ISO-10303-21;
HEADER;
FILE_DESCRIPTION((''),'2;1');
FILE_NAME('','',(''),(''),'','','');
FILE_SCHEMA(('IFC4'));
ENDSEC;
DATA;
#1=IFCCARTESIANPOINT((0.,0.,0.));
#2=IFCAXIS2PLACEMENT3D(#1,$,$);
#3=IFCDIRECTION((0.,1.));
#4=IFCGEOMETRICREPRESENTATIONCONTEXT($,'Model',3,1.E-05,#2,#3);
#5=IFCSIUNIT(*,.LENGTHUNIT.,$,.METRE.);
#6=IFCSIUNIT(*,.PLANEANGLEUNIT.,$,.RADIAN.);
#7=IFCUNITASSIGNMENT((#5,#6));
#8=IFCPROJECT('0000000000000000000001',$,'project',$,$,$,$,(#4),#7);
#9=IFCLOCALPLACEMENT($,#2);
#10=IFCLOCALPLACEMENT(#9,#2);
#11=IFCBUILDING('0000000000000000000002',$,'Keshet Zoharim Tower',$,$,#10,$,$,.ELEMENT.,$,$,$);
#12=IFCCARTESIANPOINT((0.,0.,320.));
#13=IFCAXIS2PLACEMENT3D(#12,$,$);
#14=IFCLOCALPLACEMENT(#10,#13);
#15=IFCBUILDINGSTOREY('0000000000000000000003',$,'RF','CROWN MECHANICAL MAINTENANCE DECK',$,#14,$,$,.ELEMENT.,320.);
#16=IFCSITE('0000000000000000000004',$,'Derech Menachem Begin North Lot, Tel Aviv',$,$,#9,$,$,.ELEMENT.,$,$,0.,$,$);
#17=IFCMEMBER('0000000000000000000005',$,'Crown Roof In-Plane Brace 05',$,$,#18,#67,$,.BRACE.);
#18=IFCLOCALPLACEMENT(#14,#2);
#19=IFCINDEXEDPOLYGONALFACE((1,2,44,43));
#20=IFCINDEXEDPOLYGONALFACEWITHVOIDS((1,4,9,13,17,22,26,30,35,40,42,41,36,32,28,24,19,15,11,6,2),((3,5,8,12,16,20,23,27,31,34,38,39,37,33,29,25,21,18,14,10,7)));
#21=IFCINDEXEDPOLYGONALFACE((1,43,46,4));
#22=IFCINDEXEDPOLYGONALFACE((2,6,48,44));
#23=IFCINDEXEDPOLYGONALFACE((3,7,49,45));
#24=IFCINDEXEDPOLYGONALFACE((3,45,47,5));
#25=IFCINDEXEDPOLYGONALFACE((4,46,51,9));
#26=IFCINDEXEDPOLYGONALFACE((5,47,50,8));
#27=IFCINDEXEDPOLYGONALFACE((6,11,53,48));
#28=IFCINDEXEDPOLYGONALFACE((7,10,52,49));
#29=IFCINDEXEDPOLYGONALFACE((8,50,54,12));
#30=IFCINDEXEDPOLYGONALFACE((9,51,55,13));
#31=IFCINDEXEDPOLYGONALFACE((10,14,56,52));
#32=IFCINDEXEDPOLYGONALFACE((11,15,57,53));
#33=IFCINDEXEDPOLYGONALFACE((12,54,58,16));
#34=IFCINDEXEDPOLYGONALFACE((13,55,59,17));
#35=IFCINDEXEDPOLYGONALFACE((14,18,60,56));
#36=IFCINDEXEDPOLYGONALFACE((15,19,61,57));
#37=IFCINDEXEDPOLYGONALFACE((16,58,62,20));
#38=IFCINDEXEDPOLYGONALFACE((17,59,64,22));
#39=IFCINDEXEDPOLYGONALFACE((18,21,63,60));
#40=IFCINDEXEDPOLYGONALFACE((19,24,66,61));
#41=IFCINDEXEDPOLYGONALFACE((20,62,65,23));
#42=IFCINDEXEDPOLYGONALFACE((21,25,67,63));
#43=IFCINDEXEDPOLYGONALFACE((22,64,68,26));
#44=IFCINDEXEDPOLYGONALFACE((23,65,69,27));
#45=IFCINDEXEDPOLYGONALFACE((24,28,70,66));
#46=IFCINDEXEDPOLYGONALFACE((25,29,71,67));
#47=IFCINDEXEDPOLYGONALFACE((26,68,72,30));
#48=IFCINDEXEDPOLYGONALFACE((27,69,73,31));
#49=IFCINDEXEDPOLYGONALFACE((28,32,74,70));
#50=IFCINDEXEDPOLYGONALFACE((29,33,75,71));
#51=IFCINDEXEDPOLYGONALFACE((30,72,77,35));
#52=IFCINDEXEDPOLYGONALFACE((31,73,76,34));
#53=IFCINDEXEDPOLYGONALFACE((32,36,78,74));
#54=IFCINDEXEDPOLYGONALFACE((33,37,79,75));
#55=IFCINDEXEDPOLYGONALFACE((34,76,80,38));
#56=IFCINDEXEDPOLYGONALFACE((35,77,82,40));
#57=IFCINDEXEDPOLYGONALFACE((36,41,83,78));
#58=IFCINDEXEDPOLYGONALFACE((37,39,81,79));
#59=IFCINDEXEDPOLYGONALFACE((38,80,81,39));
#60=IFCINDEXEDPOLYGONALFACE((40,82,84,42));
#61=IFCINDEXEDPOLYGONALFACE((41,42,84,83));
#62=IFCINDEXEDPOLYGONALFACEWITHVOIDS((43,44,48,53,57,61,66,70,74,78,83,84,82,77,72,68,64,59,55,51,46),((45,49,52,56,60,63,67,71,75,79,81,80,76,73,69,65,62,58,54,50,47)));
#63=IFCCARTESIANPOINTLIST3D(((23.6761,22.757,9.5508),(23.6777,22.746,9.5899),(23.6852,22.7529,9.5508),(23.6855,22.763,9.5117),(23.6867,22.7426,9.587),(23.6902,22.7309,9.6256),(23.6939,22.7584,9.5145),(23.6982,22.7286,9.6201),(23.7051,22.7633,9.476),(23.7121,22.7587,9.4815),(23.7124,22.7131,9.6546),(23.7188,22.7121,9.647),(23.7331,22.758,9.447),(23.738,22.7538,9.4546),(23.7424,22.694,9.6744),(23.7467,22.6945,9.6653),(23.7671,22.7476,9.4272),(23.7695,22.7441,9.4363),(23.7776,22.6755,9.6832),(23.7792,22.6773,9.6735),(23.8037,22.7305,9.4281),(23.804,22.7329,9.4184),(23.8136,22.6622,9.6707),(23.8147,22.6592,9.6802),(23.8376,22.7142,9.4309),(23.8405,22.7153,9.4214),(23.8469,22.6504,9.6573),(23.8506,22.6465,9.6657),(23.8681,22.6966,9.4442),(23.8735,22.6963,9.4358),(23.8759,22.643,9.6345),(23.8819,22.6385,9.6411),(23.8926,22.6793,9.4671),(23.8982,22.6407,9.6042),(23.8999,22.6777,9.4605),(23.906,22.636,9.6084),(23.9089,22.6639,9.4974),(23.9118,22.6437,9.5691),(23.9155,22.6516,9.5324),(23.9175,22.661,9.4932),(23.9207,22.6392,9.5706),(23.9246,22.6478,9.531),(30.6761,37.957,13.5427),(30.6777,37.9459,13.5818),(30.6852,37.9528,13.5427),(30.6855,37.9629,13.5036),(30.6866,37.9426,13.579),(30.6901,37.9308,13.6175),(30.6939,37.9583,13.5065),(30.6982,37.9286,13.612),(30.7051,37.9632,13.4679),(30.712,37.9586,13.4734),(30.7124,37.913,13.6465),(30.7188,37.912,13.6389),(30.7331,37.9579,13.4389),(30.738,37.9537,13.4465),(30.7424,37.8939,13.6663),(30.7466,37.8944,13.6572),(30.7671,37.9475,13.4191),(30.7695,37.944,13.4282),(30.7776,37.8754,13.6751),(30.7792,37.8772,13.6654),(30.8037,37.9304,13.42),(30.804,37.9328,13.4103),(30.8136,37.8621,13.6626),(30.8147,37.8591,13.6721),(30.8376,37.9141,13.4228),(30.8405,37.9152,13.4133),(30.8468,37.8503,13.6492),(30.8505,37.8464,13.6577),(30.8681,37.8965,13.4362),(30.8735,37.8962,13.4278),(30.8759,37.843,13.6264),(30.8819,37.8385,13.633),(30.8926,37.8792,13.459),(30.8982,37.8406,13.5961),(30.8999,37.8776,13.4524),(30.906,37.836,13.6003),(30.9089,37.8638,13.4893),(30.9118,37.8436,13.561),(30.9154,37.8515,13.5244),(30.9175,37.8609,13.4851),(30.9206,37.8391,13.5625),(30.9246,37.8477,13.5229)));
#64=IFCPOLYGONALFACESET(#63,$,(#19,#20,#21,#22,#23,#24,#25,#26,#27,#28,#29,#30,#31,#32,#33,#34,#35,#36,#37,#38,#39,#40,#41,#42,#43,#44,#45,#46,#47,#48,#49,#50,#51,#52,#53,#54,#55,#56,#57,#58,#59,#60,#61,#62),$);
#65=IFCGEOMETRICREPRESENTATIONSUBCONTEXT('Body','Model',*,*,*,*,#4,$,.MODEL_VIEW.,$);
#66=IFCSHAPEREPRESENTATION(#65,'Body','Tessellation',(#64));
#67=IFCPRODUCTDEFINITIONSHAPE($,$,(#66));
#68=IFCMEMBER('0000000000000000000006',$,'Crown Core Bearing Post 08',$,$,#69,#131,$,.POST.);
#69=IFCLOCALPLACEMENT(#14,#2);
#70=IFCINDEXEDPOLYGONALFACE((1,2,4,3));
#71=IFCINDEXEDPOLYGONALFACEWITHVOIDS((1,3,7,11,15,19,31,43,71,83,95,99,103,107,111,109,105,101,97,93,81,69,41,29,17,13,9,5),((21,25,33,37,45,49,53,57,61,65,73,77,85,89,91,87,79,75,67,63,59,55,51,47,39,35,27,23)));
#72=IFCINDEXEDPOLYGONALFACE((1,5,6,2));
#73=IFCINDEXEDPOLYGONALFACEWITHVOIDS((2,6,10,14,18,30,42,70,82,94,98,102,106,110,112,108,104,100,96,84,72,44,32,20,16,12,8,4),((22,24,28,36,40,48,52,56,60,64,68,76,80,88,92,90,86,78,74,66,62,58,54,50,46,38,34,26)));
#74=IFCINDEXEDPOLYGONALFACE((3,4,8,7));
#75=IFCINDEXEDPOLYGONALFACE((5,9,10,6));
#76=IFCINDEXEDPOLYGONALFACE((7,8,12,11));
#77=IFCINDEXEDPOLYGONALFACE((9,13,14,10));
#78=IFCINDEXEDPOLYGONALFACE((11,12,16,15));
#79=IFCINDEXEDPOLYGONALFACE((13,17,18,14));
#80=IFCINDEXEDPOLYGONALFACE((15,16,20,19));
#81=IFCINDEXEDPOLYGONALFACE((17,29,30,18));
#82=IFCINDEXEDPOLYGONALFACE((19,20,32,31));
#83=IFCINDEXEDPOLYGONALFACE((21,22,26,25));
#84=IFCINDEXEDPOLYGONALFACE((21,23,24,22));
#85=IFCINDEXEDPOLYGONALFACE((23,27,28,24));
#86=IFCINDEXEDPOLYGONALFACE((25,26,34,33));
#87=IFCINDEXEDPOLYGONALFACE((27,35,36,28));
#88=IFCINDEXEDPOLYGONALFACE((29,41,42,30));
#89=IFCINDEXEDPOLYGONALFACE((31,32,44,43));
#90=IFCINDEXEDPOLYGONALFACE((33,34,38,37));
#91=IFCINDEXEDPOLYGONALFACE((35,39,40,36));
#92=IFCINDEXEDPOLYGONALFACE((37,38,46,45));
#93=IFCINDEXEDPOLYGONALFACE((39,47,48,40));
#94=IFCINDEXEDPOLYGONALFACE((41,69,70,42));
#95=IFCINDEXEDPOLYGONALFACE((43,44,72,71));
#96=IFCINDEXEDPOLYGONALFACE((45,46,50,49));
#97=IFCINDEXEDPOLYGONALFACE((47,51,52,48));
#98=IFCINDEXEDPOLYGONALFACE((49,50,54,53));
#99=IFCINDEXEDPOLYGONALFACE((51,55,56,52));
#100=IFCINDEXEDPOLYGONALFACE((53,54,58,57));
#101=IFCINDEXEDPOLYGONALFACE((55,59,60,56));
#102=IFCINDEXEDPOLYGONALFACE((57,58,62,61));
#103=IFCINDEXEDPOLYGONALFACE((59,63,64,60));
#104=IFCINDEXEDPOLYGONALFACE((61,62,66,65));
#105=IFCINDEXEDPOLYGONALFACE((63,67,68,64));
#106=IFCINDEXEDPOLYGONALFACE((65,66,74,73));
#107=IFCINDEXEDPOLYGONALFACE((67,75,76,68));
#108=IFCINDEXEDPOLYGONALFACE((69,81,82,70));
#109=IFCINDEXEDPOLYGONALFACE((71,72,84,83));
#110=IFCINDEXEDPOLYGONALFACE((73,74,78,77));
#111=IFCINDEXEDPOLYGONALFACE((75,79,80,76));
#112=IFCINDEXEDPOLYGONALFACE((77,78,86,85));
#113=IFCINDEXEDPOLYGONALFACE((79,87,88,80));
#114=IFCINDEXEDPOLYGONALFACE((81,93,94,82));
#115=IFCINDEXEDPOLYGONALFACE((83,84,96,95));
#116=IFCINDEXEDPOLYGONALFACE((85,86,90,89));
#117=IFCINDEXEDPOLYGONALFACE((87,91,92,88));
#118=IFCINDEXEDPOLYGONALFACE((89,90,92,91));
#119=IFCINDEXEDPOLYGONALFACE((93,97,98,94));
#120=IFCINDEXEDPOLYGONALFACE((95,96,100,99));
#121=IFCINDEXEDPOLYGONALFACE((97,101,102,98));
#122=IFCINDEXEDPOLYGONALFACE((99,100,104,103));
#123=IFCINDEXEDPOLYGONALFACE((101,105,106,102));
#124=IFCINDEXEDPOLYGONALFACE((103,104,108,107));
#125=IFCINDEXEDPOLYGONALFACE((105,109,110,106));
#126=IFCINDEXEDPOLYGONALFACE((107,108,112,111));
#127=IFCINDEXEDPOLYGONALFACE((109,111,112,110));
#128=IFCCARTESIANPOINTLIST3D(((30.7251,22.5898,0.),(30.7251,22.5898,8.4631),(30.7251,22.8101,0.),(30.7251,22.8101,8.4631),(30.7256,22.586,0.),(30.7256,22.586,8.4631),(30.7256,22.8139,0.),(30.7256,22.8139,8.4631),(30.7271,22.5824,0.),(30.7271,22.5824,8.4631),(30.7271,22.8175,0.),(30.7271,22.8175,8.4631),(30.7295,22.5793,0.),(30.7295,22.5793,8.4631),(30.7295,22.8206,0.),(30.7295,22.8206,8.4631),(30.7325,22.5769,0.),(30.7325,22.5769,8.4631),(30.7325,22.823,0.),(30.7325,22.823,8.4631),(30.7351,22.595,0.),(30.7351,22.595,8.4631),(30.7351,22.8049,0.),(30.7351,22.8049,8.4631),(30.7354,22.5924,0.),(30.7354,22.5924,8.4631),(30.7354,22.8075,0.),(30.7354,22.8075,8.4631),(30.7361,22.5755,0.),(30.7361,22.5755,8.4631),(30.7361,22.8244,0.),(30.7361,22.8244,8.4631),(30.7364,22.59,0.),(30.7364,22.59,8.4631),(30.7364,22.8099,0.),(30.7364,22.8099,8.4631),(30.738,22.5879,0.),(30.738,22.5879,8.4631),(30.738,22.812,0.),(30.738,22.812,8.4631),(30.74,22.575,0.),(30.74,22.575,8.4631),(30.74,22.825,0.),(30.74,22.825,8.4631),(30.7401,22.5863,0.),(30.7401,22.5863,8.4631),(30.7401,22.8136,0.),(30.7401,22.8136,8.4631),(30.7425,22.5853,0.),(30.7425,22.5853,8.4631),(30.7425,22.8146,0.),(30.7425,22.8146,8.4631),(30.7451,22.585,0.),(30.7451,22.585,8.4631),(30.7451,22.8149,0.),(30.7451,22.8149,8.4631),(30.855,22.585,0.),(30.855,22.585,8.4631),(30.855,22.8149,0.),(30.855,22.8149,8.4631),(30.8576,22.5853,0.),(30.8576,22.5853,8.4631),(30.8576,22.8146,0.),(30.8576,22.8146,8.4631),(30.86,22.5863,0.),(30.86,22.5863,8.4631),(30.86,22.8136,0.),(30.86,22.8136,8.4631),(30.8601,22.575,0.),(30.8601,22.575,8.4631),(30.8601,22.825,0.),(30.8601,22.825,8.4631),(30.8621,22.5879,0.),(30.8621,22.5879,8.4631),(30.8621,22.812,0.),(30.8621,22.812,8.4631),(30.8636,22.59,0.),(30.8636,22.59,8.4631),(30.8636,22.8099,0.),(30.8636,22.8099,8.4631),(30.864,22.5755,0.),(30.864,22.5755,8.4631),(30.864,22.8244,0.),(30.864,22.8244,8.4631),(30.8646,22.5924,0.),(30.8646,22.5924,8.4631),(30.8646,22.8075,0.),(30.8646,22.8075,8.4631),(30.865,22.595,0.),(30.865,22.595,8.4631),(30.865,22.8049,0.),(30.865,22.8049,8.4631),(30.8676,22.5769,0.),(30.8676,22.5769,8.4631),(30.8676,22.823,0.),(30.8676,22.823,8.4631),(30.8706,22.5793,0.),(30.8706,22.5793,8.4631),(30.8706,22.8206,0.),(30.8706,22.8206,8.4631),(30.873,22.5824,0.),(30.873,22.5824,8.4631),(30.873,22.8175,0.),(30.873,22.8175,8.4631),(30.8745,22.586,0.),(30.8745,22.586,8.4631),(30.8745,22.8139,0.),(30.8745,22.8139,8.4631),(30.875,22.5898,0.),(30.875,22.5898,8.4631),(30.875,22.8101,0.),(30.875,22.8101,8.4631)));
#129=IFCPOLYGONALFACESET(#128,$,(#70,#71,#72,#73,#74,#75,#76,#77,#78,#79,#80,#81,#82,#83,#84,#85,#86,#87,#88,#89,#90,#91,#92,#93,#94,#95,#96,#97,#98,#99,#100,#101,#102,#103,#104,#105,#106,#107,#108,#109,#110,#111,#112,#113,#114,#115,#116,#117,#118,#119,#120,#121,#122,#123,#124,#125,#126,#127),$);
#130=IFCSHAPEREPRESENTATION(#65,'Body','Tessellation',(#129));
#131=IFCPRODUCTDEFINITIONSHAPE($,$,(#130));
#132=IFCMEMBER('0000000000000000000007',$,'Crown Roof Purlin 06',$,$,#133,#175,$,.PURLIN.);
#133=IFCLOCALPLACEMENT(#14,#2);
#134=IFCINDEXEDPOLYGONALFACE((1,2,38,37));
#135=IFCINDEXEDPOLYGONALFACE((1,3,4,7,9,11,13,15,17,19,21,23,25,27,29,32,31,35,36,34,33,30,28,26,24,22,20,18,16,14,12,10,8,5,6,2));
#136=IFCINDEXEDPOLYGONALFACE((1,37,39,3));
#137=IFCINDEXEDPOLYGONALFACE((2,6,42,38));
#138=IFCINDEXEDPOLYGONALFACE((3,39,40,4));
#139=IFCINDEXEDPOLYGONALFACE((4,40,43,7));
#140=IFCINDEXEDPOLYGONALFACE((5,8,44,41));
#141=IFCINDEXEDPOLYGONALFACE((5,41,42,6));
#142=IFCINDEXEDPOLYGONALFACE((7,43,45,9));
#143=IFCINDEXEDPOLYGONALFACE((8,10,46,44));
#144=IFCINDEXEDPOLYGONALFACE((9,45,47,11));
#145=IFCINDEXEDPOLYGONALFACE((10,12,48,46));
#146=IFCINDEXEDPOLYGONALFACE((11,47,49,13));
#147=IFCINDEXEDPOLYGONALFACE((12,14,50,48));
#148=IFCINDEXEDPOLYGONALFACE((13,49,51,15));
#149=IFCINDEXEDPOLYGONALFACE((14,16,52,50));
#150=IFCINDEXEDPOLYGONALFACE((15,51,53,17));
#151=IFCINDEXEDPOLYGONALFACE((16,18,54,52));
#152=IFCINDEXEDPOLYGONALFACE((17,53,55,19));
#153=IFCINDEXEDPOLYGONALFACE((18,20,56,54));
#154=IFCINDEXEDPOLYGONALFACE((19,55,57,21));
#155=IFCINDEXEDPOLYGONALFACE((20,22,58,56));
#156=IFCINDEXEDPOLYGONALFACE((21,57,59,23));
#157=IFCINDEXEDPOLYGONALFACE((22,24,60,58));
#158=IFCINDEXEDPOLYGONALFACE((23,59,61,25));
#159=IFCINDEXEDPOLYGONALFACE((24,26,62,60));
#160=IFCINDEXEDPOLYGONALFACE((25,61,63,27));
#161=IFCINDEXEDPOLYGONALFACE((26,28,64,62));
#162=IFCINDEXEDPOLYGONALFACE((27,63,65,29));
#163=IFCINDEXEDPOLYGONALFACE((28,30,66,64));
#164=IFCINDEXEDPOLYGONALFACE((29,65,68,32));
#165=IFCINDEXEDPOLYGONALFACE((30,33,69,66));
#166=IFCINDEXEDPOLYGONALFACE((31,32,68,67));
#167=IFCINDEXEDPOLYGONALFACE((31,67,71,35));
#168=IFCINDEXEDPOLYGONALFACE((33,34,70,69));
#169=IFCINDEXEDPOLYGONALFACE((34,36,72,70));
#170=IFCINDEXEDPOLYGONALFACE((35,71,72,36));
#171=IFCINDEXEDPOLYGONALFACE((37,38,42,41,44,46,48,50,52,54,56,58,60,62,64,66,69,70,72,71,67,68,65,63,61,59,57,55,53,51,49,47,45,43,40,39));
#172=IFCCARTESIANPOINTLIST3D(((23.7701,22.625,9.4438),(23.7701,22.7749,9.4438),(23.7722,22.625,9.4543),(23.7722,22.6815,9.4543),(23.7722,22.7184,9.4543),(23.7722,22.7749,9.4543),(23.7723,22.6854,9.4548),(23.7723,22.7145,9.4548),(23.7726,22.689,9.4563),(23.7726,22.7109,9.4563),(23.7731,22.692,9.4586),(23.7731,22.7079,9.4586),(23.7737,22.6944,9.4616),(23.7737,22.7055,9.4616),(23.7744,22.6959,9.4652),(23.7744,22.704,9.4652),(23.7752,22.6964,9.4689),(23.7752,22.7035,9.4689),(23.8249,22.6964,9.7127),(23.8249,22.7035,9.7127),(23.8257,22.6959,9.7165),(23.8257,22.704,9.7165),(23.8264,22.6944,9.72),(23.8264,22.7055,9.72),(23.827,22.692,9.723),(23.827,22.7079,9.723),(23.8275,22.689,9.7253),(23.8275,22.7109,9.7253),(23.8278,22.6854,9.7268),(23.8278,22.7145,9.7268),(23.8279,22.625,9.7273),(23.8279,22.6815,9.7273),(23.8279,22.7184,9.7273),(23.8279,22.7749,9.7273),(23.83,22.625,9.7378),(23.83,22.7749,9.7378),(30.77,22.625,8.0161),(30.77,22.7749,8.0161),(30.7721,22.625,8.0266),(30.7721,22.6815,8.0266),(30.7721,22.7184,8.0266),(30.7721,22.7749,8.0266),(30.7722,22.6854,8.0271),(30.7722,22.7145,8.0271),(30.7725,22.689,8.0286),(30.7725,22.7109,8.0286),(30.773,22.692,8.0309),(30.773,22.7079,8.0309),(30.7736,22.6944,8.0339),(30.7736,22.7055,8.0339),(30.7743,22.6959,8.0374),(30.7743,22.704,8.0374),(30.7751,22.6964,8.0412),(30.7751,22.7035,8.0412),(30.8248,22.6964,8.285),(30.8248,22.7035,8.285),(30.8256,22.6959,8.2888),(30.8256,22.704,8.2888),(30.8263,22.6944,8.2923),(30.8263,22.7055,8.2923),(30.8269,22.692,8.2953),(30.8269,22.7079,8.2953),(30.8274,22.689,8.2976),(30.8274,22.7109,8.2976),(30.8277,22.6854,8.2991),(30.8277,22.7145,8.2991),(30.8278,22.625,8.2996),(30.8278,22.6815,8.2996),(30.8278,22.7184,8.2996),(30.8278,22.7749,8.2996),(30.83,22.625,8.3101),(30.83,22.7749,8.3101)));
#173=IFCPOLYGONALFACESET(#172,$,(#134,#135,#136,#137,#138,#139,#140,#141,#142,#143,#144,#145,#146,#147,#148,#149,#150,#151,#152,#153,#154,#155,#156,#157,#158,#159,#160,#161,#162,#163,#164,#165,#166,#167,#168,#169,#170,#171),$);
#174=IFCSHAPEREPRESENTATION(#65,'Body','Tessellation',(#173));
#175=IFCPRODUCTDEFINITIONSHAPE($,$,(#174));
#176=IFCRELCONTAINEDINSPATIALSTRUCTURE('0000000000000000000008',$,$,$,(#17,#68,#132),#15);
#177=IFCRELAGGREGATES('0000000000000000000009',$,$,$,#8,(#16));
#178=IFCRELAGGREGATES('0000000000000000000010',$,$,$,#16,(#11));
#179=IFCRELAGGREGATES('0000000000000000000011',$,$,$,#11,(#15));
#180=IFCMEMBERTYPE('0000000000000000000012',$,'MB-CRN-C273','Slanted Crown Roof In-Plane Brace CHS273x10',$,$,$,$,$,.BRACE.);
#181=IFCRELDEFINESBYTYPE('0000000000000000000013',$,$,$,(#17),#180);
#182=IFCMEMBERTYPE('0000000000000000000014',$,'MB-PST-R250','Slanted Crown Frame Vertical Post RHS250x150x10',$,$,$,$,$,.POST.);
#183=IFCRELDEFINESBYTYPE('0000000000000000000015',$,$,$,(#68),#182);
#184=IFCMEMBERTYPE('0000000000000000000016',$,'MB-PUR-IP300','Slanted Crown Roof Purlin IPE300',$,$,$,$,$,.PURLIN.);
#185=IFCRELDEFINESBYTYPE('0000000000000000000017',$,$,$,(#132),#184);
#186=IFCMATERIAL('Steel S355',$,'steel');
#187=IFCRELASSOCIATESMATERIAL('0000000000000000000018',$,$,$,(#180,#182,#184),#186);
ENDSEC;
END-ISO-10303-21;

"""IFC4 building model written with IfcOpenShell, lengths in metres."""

from ifc_helpers import new_model, si_unit, direction, frame, origin, origin_2d, place, context, subcontext, project, spatial, hollow_rectangle, hollow_circle, i_section, extrude, material, material_profile, profile_set, type_object, element, save


model = new_model("IFC4")

# Units and contexts
model_context = context("Model", 3, precision=1e-05, world=origin(), true_north=direction((0.0, 1.0)))
body_context = subcontext(model_context, "Body", "Model", "MODEL_VIEW")
ifc_project = project(units=[si_unit("LENGTHUNIT", "METRE"), si_unit("PLANEANGLEUNIT", "RADIAN")], contexts=[model_context])

# Site, building, storey
site_placement = place(None, origin())
site = spatial("IfcSite", under=ifc_project, at=site_placement, Name="Derech Menachem Begin North Lot, Tel Aviv", CompositionType="ELEMENT", RefElevation=0.0)
building_placement = place(site_placement, origin())
building = spatial("IfcBuilding", under=site, at=building_placement, Name="Keshet Zoharim Tower", CompositionType="ELEMENT")
storey_placement = place(building_placement, frame((0.0, 0.0, 320.0)))
storey = spatial("IfcBuildingStorey", under=building, at=storey_placement, Name="RF", Description="CROWN MECHANICAL MAINTENANCE DECK", CompositionType="ELEMENT", Elevation=320.0)

# Shared definitions
ifc_material_1 = material(Name="Steel S355", Category="steel")

# Members
ifc_material_profile_1 = material_profile(ifc_material_1, hollow_circle(Radius=0.1365, WallThickness=0.01, at=origin_2d()), Name="CHS273x10")
ifc_profile_set_1 = profile_set([ifc_material_profile_1], Name="Steel S355")
member_type_1 = type_object("IfcMemberType", Name="MB-CRN-C273", Description="Slanted Crown Roof In-Plane Brace CHS273x10", PredefinedType="BRACE", material=ifc_profile_set_1)
member_1_placement = place(storey_placement, frame((23.8, 22.7, 9.5508), z_axis=(0.406885, 0.883518, 0.232037), x_axis=(-0.908308, 0.418301, 0.0)))
element("IfcMember", 1, at=member_1_placement, inside=storey, type_object=member_type_1, Name="Crown Roof In-Plane Brace 05", PredefinedType="BRACE", context=body_context, shape_type="SweptSolid", body=[
    extrude(hollow_circle(Radius=0.1365, WallThickness=0.01, at=origin_2d()), origin(), (0.0, 0.0, 1.0), 17.2039),
])
ifc_material_profile_2 = material_profile(ifc_material_1, hollow_rectangle(XDim=0.1499, YDim=0.25, WallThickness=0.01, InnerFilletRadius=0.01, OuterFilletRadius=0.0149, at=origin_2d()), Name="RHS250x150x10")
ifc_profile_set_2 = profile_set([ifc_material_profile_2], Name="Steel S355")
member_type_2 = type_object("IfcMemberType", Name="MB-PST-R250", Description="Slanted Crown Frame Vertical Post RHS250x150x10", PredefinedType="POST", material=ifc_profile_set_2)
member_2_placement = place(storey_placement, frame((30.8, 22.7, 0.0), z_axis=(0.0, 0.0, 1.0), x_axis=(1.0, 0.0, 0.0)))
element("IfcMember", 2, at=member_2_placement, inside=storey, type_object=member_type_2, Name="Crown Core Bearing Post 08", PredefinedType="POST", context=body_context, shape_type="SweptSolid", body=[
    extrude(hollow_rectangle(XDim=0.1499, YDim=0.25, WallThickness=0.01, InnerFilletRadius=0.01, OuterFilletRadius=0.0149, at=origin_2d()), origin(), (0.0, 0.0, 1.0), 8.4631),
])
ifc_material_profile_3 = material_profile(ifc_material_1, i_section(OverallWidth=0.1499, OverallDepth=0.3, WebThickness=0.0071, FlangeThickness=0.0107, FilletRadius=0.0149, at=origin_2d()), Name="IPE300")
ifc_profile_set_3 = profile_set([ifc_material_profile_3], Name="Steel S355")
member_type_3 = type_object("IfcMemberType", Name="MB-PUR-IP300", Description="Slanted Crown Roof Purlin IPE300", PredefinedType="PURLIN", material=ifc_profile_set_3)
member_3_placement = place(storey_placement, frame((23.8, 22.7, 9.5908), z_axis=(0.979827, 0.0, -0.199848), x_axis=(0.0, 1.0, 0.0)))
element("IfcMember", 3, at=member_3_placement, inside=storey, type_object=member_type_3, Name="Crown Roof Purlin 06", PredefinedType="PURLIN", context=body_context, shape_type="SweptSolid", body=[
    extrude(i_section(OverallWidth=0.1499, OverallDepth=0.3, WebThickness=0.0071, FlangeThickness=0.0107, FilletRadius=0.0149, at=origin_2d()), origin(), (0.0, 0.0, 1.0), 7.144),
])

save(model, "model.ifc")
